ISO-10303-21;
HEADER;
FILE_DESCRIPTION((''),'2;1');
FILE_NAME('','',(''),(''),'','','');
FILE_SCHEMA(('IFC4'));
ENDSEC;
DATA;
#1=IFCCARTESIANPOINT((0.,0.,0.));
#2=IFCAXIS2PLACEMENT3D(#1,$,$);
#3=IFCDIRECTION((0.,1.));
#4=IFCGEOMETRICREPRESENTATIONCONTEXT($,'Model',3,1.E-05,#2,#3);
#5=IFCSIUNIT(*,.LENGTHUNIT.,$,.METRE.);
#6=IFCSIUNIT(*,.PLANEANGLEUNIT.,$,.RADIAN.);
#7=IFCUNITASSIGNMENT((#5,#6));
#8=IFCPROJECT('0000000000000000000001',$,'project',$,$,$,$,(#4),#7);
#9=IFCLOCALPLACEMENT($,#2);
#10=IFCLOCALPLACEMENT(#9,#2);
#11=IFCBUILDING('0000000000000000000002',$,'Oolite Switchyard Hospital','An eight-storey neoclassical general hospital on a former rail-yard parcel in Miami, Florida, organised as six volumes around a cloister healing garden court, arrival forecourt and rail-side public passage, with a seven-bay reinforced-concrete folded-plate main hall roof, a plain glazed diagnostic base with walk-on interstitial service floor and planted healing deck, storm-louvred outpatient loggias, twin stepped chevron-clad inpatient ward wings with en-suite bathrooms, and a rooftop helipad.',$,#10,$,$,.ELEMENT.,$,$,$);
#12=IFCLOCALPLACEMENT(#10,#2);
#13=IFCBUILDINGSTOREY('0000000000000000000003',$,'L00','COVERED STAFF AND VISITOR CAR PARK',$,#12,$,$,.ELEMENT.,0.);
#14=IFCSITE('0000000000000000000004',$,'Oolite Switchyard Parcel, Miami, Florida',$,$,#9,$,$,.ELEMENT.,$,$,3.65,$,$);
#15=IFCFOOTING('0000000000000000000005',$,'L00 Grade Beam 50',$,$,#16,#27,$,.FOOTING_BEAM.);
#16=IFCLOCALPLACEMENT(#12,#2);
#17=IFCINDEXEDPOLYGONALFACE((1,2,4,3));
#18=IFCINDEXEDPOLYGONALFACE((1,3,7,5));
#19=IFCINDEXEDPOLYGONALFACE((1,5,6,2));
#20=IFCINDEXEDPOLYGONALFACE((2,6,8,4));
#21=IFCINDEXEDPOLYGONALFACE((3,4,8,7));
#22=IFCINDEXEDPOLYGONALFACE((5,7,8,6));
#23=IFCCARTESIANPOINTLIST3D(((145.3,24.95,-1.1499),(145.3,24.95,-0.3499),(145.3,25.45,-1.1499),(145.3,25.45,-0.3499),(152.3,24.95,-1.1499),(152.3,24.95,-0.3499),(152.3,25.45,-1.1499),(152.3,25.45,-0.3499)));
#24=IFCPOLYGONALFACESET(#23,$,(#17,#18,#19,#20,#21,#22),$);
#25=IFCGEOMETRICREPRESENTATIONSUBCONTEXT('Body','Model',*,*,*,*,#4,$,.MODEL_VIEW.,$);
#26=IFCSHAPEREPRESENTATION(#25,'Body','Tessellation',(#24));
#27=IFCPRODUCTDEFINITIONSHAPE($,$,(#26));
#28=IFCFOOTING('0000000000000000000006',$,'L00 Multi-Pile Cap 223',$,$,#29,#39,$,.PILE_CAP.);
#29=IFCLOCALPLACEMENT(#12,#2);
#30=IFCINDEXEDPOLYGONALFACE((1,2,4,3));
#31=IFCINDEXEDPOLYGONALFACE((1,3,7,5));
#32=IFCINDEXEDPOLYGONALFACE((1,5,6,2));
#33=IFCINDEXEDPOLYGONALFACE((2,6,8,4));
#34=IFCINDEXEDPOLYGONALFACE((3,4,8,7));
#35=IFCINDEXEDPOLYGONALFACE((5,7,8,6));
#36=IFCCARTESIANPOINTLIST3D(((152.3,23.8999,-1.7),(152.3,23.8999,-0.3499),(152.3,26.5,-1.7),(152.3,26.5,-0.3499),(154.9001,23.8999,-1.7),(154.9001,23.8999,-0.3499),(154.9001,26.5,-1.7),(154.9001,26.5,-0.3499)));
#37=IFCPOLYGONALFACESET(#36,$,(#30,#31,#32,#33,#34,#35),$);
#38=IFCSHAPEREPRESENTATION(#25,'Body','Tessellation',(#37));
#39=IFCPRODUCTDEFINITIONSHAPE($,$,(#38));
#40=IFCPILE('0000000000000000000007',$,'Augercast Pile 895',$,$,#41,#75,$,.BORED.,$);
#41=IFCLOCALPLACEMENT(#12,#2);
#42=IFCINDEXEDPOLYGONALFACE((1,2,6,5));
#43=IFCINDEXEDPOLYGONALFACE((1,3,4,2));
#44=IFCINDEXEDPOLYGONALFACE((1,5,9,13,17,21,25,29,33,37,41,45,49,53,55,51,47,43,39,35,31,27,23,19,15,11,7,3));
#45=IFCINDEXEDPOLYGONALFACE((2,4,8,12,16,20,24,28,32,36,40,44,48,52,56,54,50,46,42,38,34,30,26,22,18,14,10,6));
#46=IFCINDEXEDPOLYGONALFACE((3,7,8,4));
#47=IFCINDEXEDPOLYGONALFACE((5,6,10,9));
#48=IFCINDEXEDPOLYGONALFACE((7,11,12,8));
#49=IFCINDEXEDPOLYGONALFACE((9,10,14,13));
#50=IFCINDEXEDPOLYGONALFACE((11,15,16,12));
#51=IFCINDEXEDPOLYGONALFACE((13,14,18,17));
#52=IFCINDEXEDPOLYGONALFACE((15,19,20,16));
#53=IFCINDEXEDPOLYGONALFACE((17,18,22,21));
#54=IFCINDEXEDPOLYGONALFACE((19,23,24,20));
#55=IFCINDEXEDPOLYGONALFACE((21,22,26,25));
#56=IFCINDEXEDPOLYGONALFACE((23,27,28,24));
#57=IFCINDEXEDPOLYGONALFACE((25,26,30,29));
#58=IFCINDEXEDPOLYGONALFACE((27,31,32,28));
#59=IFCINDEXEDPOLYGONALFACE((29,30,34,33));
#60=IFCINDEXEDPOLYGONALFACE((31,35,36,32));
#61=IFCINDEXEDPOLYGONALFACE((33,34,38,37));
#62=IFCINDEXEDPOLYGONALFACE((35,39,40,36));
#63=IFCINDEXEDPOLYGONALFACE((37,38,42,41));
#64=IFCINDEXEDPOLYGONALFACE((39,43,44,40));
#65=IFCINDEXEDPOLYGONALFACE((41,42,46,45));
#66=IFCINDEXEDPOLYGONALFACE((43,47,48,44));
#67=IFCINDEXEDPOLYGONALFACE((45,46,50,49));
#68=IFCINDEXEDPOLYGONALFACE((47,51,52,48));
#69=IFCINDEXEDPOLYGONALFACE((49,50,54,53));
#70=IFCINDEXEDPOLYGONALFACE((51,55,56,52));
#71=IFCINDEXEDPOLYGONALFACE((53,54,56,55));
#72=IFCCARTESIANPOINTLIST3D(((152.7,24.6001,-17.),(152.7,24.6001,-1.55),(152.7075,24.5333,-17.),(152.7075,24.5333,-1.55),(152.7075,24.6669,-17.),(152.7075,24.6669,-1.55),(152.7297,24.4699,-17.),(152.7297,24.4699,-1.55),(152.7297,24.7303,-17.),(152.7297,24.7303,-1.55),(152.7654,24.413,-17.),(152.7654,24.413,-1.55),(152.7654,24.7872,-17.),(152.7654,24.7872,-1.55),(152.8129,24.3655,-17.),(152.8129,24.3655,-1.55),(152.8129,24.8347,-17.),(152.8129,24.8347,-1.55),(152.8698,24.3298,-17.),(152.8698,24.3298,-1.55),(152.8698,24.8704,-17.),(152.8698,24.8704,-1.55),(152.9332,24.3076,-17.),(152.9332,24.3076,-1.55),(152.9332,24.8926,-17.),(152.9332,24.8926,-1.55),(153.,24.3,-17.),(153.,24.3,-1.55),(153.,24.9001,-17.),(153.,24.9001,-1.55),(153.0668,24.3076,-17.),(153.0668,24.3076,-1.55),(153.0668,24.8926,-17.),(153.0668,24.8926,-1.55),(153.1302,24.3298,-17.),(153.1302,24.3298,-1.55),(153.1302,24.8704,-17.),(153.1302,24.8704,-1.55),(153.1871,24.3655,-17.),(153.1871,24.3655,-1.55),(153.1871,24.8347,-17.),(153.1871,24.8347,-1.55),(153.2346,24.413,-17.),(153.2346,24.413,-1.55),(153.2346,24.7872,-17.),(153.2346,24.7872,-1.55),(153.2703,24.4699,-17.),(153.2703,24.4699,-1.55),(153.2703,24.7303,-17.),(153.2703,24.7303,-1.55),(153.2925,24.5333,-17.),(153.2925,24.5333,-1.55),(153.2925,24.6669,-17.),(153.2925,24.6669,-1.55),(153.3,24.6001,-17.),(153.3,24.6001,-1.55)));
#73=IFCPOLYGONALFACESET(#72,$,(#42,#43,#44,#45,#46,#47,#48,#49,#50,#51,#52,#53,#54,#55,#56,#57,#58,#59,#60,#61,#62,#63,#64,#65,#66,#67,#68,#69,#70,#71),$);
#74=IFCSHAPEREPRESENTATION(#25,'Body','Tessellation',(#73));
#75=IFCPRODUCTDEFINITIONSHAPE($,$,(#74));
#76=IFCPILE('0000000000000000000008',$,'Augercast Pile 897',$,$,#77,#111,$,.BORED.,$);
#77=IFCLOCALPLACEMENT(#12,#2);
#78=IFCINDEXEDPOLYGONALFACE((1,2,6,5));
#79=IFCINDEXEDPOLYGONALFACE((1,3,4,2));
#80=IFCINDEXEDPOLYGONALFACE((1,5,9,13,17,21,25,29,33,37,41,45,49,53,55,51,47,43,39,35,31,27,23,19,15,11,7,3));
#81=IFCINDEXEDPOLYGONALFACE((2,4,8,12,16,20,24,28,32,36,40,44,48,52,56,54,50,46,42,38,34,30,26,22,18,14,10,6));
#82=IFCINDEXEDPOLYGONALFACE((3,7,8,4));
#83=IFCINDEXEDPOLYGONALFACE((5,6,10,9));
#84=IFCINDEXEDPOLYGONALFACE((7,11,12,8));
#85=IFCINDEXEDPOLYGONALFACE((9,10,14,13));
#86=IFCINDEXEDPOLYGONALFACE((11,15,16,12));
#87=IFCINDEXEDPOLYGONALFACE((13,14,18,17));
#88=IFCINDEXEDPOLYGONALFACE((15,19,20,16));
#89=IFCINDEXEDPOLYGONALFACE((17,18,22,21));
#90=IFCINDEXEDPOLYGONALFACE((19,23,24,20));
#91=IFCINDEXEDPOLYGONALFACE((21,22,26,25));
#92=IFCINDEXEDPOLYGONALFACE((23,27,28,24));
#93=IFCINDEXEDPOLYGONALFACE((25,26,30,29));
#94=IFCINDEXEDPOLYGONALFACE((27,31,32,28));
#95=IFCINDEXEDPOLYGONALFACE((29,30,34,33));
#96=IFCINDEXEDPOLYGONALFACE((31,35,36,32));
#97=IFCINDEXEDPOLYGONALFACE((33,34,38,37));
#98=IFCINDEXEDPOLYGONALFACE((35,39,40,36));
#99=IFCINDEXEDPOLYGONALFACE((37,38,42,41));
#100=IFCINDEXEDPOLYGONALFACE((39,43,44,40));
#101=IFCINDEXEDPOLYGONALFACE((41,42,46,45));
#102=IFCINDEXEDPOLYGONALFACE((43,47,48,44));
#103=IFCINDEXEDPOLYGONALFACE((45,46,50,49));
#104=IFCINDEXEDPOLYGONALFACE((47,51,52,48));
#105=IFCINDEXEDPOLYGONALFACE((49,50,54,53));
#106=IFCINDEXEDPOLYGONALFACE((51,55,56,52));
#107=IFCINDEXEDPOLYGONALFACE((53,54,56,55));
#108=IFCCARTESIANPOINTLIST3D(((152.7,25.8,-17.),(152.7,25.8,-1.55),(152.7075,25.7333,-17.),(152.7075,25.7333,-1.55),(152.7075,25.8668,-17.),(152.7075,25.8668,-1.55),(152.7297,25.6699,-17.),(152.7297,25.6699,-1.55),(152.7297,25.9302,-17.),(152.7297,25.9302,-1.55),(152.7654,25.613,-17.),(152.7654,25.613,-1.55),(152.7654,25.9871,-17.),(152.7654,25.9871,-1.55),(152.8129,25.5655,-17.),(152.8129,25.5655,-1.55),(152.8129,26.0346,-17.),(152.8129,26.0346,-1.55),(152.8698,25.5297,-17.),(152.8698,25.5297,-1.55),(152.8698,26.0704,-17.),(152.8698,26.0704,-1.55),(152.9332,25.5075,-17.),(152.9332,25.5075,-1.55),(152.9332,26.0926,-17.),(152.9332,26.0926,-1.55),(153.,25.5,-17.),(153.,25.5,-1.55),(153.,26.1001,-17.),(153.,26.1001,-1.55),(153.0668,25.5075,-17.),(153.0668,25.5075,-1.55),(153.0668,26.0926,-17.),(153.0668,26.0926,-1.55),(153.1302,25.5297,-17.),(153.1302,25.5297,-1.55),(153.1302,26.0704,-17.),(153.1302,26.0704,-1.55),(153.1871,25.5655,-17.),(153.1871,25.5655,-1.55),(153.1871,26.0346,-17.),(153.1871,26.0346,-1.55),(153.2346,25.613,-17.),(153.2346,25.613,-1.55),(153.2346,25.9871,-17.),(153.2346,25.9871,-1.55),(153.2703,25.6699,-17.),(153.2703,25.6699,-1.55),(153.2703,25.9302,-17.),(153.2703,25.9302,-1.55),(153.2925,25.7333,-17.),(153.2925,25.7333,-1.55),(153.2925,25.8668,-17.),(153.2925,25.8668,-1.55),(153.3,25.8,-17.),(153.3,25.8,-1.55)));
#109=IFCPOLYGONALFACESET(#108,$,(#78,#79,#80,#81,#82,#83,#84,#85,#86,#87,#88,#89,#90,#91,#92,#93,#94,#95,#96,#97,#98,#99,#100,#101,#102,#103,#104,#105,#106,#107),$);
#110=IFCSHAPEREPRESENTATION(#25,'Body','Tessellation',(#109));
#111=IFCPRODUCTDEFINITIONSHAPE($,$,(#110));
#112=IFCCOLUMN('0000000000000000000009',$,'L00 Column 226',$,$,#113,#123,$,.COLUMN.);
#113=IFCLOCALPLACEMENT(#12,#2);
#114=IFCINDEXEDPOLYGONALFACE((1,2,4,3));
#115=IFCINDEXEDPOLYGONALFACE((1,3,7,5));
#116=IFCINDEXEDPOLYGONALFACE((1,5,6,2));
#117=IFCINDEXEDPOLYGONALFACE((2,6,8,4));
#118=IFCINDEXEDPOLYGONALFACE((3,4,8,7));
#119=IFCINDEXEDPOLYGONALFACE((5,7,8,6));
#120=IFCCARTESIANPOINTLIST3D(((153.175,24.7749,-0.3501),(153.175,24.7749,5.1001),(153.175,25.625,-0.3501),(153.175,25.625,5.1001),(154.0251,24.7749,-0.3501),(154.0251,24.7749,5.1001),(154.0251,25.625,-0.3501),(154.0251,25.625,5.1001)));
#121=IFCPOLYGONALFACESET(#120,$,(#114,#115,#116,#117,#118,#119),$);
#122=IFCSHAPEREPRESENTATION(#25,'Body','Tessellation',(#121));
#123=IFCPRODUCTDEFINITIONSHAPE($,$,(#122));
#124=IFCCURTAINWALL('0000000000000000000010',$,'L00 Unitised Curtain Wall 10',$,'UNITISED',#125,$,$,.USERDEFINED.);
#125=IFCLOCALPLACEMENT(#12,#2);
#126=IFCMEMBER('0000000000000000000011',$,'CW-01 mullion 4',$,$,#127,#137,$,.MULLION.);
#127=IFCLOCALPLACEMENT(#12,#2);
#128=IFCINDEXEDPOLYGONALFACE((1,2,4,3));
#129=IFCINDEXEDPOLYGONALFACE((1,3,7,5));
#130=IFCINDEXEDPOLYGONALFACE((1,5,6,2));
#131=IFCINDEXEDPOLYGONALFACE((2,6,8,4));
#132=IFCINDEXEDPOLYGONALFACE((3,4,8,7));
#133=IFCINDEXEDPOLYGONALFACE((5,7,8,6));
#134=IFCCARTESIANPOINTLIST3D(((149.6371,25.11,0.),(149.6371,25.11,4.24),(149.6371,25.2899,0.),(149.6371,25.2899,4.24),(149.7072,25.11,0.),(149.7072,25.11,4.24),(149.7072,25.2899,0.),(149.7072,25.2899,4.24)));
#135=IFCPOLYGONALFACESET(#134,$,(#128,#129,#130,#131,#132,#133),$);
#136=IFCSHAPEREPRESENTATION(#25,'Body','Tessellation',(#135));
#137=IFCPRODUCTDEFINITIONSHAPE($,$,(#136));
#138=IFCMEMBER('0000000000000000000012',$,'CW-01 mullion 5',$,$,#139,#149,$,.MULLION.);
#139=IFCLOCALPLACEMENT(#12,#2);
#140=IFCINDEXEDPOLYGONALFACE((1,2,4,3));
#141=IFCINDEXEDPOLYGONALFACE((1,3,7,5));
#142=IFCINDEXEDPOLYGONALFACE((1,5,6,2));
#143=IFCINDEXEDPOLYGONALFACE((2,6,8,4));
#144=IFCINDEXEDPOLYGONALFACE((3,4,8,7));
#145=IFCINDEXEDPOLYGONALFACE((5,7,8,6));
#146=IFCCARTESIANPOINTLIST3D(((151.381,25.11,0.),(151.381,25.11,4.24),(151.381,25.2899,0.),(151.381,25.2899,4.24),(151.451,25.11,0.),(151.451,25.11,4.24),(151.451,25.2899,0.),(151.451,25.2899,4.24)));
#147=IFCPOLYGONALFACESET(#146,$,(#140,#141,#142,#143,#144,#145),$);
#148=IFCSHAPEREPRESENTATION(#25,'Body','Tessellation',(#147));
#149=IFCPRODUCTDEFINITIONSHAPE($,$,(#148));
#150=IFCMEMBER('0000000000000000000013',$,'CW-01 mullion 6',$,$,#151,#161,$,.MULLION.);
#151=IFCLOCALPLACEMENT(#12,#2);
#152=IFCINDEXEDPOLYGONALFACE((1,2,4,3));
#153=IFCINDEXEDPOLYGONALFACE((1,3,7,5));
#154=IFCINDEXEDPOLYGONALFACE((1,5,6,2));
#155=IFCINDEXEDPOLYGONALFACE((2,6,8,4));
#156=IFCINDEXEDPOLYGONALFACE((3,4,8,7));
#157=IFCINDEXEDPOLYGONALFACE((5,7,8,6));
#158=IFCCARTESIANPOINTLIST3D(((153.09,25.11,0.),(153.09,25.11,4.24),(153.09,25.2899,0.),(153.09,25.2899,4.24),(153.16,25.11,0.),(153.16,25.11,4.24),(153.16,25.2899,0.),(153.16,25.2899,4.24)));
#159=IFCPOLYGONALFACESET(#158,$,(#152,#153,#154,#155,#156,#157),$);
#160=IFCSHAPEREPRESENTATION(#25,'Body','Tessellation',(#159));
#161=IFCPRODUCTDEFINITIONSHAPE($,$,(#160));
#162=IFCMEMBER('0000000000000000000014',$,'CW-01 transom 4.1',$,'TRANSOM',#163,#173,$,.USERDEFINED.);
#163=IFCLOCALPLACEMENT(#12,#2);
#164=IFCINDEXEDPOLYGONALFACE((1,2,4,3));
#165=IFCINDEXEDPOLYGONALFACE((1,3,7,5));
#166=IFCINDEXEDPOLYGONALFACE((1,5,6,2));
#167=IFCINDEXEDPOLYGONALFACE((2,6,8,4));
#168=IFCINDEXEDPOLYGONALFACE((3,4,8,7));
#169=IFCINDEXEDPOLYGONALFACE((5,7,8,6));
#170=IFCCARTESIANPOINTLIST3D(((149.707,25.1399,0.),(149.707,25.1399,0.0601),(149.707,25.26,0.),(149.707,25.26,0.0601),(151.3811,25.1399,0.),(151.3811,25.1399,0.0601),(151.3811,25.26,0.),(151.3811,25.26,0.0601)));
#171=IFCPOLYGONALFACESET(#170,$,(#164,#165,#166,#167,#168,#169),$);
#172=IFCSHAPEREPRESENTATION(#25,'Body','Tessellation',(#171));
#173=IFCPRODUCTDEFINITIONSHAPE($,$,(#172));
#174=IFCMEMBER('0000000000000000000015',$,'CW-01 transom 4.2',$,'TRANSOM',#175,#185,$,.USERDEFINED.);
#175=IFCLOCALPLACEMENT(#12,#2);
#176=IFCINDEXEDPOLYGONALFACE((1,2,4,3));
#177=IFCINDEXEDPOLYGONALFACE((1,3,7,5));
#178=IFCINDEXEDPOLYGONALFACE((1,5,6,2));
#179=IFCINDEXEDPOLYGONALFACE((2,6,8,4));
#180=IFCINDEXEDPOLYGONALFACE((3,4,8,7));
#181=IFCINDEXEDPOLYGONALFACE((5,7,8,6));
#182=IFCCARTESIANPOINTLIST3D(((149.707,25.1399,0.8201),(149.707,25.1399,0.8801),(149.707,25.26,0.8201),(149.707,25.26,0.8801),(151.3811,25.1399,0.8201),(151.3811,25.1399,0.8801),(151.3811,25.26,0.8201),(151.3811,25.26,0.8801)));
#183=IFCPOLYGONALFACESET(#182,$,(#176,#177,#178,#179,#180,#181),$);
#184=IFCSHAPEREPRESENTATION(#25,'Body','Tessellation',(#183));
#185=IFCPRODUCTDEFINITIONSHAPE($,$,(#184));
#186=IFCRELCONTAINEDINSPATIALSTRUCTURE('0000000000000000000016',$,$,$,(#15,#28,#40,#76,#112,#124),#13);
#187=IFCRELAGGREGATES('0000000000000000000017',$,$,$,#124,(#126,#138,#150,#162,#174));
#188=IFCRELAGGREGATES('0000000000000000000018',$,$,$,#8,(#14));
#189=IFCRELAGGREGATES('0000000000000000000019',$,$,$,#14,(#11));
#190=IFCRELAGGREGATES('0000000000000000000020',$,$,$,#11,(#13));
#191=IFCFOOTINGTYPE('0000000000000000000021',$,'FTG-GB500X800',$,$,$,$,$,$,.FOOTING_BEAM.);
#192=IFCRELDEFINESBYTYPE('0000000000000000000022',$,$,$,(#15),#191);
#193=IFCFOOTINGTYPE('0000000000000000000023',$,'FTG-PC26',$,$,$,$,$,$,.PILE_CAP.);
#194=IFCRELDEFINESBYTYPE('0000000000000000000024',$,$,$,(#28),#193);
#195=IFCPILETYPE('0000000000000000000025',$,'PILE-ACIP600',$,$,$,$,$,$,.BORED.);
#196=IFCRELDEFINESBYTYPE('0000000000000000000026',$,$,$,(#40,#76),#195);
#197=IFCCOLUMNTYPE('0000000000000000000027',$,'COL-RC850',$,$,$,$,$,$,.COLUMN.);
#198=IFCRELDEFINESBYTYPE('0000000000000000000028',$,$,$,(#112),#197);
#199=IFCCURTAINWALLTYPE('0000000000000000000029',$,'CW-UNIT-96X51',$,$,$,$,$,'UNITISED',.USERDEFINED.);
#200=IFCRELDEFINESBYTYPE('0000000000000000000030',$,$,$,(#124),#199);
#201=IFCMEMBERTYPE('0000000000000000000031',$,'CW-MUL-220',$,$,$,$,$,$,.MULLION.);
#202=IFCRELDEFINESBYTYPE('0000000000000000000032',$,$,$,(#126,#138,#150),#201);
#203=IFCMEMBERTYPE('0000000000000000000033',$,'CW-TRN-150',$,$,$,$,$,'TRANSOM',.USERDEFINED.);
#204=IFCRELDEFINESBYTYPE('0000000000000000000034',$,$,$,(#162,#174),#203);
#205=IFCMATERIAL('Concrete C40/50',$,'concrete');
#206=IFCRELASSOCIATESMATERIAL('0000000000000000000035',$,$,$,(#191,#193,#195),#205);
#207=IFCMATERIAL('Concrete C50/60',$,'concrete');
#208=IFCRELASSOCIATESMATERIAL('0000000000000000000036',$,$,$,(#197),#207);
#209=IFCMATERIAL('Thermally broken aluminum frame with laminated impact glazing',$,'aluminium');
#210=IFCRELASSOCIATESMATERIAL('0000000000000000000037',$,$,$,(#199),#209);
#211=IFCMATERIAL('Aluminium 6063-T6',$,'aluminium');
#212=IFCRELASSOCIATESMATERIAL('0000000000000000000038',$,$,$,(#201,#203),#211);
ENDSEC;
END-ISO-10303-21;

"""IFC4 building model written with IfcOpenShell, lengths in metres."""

from ifc_helpers import new_model, si_unit, direction, frame, origin, origin_2d, place, context, subcontext, project, spatial, rectangle, circle, extrude, material, material_profile, profile_set, type_object, element, aggregate, save


model = new_model("IFC4")

# Units and contexts
model_context = context("Model", 3, precision=1e-05, world=origin(), true_north=direction((0.0, 1.0)))
body_context = subcontext(model_context, "Body", "Model", "MODEL_VIEW")
ifc_project = project(units=[si_unit("LENGTHUNIT", "METRE"), si_unit("PLANEANGLEUNIT", "RADIAN")], contexts=[model_context])

# Site, building, storey
site_placement = place(None, origin())
site = spatial("IfcSite", under=ifc_project, at=site_placement, Name="Oolite Switchyard Parcel, Miami, Florida", CompositionType="ELEMENT", RefElevation=3.65)
building_placement = place(site_placement, origin())
building = spatial("IfcBuilding", under=site, at=building_placement, Name="Oolite Switchyard Hospital", Description="An eight-storey neoclassical general hospital on a former rail-yard parcel in Miami, Florida, organised as six volumes around a cloister healing garden court, arrival forecourt and rail-side public passage, with a seven-bay reinforced-concrete folded-plate main hall roof, a plain glazed diagnostic base with walk-on interstitial service floor and planted healing deck, storm-louvred outpatient loggias, twin stepped chevron-clad inpatient ward wings with en-suite bathrooms, and a rooftop helipad.", CompositionType="ELEMENT")
storey_placement = place(building_placement, origin())
storey = spatial("IfcBuildingStorey", under=building, at=storey_placement, Name="L00", Description="COVERED STAFF AND VISITOR CAR PARK", CompositionType="ELEMENT", Elevation=0.0)

# Footings
ifc_material_1 = material(Name="Concrete C40/50", Category="concrete")
footing_type_1 = type_object("IfcFootingType", Name="FTG-GB500X800", PredefinedType="FOOTING_BEAM", material=ifc_material_1)
footing_1_placement = place(storey_placement, frame((148.8, 25.2, -1.1499), z_axis=(0.0, 0.0, 1.0), x_axis=(1.0, 0.0, 0.0)))
element("IfcFooting", 1, at=footing_1_placement, inside=storey, type_object=footing_type_1, Name="L00 Grade Beam 50", PredefinedType="FOOTING_BEAM", context=body_context, shape_type="SweptSolid", body=[
    extrude(rectangle(XDim=7.0, YDim=0.5, at=origin_2d()), origin(), (0.0, 0.0, 1.0), 0.8),
])
footing_type_2 = type_object("IfcFootingType", Name="FTG-PC26", PredefinedType="PILE_CAP", material=ifc_material_1)
footing_2_placement = place(storey_placement, frame((153.6001, 25.2, -1.7), z_axis=(0.0, 0.0, 1.0), x_axis=(1.0, 0.0, 0.0)))
element("IfcFooting", 2, at=footing_2_placement, inside=storey, type_object=footing_type_2, Name="L00 Multi-Pile Cap 223", PredefinedType="PILE_CAP", context=body_context, shape_type="SweptSolid", body=[
    extrude(rectangle(XDim=2.6001, YDim=2.6001, at=origin_2d()), origin(), (0.0, 0.0, 1.0), 1.3501),
])

# Piles
ifc_material_profile_1 = material_profile(ifc_material_1, circle(Radius=0.3, at=origin_2d()), Name="PILE600")
ifc_profile_set_1 = profile_set([ifc_material_profile_1], Name="Concrete C40/50")
pile_type = type_object("IfcPileType", Name="PILE-ACIP600", PredefinedType="BORED", material=ifc_profile_set_1)
for number, where, z_axis, x_axis, name in (
    (3, (153.0, 24.6001, -1.55), (0.0, 0.0, -1.0), (1.0, 0.0, 0.0), "Augercast Pile 895"),
    (4, (153.0, 25.8, -1.55), (0.0, 0.0, -1.0), (1.0, 0.0, 0.0), "Augercast Pile 897"),
):
    element("IfcPile", number, at=place(storey_placement, frame(where, z_axis=z_axis, x_axis=x_axis)), inside=storey, type_object=pile_type, Name=name, PredefinedType="BORED", context=body_context, shape_type="SweptSolid", body=[
        extrude(circle(Radius=0.3, at=origin_2d()), origin(), (0.0, 0.0, 1.0), 15.45),
    ])

# Column
ifc_material_2 = material(Name="Concrete C50/60", Category="concrete")
ifc_material_profile_2 = material_profile(ifc_material_2, rectangle(XDim=0.8501, YDim=0.8501, at=origin_2d()), Name="RC850X850")
ifc_profile_set_2 = profile_set([ifc_material_profile_2], Name="Concrete C50/60")
column_type = type_object("IfcColumnType", Name="COL-RC850", PredefinedType="COLUMN", material=ifc_profile_set_2)
column_placement = place(storey_placement, frame((153.6001, 25.2, -0.3501), z_axis=(0.0, 0.0, 1.0), x_axis=(1.0, 0.0, 0.0)))
element("IfcColumn", 5, at=column_placement, inside=storey, type_object=column_type, Name="L00 Column 226", PredefinedType="COLUMN", context=body_context, shape_type="SweptSolid", body=[
    extrude(rectangle(XDim=0.8501, YDim=0.8501, at=origin_2d()), origin(), (0.0, 0.0, 1.0), 5.4502),
])

# Curtain wall, members
ifc_material_3 = material(Name="Thermally broken aluminum frame with laminated impact glazing", Category="aluminium")
curtain_wall_type = type_object("IfcCurtainWallType", Name="CW-UNIT-96X51", ElementType="UNITISED", PredefinedType="USERDEFINED", material=ifc_material_3)
curtain_wall_placement = place(storey_placement, origin())
curtain_wall = element("IfcCurtainWall", 6, at=curtain_wall_placement, inside=storey, type_object=curtain_wall_type, Name="L00 Unitised Curtain Wall 10", ObjectType="UNITISED", PredefinedType="USERDEFINED")
ifc_material_4 = material(Name="Aluminium 6063-T6", Category="aluminium")
ifc_material_profile_3 = material_profile(ifc_material_4, rectangle(XDim=0.1799, YDim=0.0701, at=origin_2d()), Name="CWM70X180")
ifc_profile_set_3 = profile_set([ifc_material_profile_3], Name="Aluminium 6063-T6")
member_type_1 = type_object("IfcMemberType", Name="CW-MUL-220", PredefinedType="MULLION", material=ifc_profile_set_3)
member_1_placement = place(storey_placement, frame((149.6721, 25.2, 0.0), z_axis=(0.0, 0.0, 1.0), x_axis=(0.0, 1.0, 0.0)))
member_1 = element("IfcMember", 7, at=member_1_placement, type_object=member_type_1, Name="CW-01 mullion 4", PredefinedType="MULLION", context=body_context, shape_type="SweptSolid", body=[
    extrude(rectangle(XDim=0.1799, YDim=0.0701, at=origin_2d()), origin(), (0.0, 0.0, 1.0), 4.24),
])
member_2_placement = place(storey_placement, frame((151.416, 25.2, 0.0), z_axis=(0.0, 0.0, 1.0), x_axis=(0.0, 1.0, 0.0)))
member_2 = element("IfcMember", 8, at=member_2_placement, type_object=member_type_1, Name="CW-01 mullion 5", PredefinedType="MULLION", context=body_context, shape_type="SweptSolid", body=[
    extrude(rectangle(XDim=0.1799, YDim=0.0701, at=origin_2d()), origin(), (0.0, 0.0, 1.0), 4.24),
])
member_3_placement = place(storey_placement, frame((153.125, 25.2, 0.0), z_axis=(0.0, 0.0, 1.0), x_axis=(0.0, 1.0, 0.0)))
member_3 = element("IfcMember", 9, at=member_3_placement, type_object=member_type_1, Name="CW-01 mullion 6", PredefinedType="MULLION", context=body_context, shape_type="SweptSolid", body=[
    extrude(rectangle(XDim=0.1799, YDim=0.0701, at=origin_2d()), origin(), (0.0, 0.0, 1.0), 4.24),
])
ifc_material_profile_4 = material_profile(ifc_material_4, rectangle(XDim=0.1201, YDim=0.0601, at=origin_2d()), Name="CWT60X120")
ifc_profile_set_4 = profile_set([ifc_material_profile_4], Name="Aluminium 6063-T6")
member_type_2 = type_object("IfcMemberType", Name="CW-TRN-150", ElementType="TRANSOM", PredefinedType="USERDEFINED", material=ifc_profile_set_4)
member_4_placement = place(storey_placement, frame((149.707, 25.2, 0.03), z_axis=(1.0, 0.0, 0.0), x_axis=(0.0, 1.0, 0.0)))
member_4 = element("IfcMember", 10, at=member_4_placement, type_object=member_type_2, Name="CW-01 transom 4.1", ObjectType="TRANSOM", PredefinedType="USERDEFINED", context=body_context, shape_type="SweptSolid", body=[
    extrude(rectangle(XDim=0.1201, YDim=0.0601, at=origin_2d()), origin(), (0.0, 0.0, 1.0), 1.6741),
])
member_5_placement = place(storey_placement, frame((149.707, 25.2, 0.8501), z_axis=(1.0, 0.0, 0.0), x_axis=(0.0, 1.0, 0.0)))
member_5 = element("IfcMember", 11, at=member_5_placement, type_object=member_type_2, Name="CW-01 transom 4.2", ObjectType="TRANSOM", PredefinedType="USERDEFINED", context=body_context, shape_type="SweptSolid", body=[
    extrude(rectangle(XDim=0.1201, YDim=0.0601, at=origin_2d()), origin(), (0.0, 0.0, 1.0), 1.6741),
])
aggregate(curtain_wall, [member_1, member_2, member_3, member_4, member_5])

save(model, "model.ifc")
